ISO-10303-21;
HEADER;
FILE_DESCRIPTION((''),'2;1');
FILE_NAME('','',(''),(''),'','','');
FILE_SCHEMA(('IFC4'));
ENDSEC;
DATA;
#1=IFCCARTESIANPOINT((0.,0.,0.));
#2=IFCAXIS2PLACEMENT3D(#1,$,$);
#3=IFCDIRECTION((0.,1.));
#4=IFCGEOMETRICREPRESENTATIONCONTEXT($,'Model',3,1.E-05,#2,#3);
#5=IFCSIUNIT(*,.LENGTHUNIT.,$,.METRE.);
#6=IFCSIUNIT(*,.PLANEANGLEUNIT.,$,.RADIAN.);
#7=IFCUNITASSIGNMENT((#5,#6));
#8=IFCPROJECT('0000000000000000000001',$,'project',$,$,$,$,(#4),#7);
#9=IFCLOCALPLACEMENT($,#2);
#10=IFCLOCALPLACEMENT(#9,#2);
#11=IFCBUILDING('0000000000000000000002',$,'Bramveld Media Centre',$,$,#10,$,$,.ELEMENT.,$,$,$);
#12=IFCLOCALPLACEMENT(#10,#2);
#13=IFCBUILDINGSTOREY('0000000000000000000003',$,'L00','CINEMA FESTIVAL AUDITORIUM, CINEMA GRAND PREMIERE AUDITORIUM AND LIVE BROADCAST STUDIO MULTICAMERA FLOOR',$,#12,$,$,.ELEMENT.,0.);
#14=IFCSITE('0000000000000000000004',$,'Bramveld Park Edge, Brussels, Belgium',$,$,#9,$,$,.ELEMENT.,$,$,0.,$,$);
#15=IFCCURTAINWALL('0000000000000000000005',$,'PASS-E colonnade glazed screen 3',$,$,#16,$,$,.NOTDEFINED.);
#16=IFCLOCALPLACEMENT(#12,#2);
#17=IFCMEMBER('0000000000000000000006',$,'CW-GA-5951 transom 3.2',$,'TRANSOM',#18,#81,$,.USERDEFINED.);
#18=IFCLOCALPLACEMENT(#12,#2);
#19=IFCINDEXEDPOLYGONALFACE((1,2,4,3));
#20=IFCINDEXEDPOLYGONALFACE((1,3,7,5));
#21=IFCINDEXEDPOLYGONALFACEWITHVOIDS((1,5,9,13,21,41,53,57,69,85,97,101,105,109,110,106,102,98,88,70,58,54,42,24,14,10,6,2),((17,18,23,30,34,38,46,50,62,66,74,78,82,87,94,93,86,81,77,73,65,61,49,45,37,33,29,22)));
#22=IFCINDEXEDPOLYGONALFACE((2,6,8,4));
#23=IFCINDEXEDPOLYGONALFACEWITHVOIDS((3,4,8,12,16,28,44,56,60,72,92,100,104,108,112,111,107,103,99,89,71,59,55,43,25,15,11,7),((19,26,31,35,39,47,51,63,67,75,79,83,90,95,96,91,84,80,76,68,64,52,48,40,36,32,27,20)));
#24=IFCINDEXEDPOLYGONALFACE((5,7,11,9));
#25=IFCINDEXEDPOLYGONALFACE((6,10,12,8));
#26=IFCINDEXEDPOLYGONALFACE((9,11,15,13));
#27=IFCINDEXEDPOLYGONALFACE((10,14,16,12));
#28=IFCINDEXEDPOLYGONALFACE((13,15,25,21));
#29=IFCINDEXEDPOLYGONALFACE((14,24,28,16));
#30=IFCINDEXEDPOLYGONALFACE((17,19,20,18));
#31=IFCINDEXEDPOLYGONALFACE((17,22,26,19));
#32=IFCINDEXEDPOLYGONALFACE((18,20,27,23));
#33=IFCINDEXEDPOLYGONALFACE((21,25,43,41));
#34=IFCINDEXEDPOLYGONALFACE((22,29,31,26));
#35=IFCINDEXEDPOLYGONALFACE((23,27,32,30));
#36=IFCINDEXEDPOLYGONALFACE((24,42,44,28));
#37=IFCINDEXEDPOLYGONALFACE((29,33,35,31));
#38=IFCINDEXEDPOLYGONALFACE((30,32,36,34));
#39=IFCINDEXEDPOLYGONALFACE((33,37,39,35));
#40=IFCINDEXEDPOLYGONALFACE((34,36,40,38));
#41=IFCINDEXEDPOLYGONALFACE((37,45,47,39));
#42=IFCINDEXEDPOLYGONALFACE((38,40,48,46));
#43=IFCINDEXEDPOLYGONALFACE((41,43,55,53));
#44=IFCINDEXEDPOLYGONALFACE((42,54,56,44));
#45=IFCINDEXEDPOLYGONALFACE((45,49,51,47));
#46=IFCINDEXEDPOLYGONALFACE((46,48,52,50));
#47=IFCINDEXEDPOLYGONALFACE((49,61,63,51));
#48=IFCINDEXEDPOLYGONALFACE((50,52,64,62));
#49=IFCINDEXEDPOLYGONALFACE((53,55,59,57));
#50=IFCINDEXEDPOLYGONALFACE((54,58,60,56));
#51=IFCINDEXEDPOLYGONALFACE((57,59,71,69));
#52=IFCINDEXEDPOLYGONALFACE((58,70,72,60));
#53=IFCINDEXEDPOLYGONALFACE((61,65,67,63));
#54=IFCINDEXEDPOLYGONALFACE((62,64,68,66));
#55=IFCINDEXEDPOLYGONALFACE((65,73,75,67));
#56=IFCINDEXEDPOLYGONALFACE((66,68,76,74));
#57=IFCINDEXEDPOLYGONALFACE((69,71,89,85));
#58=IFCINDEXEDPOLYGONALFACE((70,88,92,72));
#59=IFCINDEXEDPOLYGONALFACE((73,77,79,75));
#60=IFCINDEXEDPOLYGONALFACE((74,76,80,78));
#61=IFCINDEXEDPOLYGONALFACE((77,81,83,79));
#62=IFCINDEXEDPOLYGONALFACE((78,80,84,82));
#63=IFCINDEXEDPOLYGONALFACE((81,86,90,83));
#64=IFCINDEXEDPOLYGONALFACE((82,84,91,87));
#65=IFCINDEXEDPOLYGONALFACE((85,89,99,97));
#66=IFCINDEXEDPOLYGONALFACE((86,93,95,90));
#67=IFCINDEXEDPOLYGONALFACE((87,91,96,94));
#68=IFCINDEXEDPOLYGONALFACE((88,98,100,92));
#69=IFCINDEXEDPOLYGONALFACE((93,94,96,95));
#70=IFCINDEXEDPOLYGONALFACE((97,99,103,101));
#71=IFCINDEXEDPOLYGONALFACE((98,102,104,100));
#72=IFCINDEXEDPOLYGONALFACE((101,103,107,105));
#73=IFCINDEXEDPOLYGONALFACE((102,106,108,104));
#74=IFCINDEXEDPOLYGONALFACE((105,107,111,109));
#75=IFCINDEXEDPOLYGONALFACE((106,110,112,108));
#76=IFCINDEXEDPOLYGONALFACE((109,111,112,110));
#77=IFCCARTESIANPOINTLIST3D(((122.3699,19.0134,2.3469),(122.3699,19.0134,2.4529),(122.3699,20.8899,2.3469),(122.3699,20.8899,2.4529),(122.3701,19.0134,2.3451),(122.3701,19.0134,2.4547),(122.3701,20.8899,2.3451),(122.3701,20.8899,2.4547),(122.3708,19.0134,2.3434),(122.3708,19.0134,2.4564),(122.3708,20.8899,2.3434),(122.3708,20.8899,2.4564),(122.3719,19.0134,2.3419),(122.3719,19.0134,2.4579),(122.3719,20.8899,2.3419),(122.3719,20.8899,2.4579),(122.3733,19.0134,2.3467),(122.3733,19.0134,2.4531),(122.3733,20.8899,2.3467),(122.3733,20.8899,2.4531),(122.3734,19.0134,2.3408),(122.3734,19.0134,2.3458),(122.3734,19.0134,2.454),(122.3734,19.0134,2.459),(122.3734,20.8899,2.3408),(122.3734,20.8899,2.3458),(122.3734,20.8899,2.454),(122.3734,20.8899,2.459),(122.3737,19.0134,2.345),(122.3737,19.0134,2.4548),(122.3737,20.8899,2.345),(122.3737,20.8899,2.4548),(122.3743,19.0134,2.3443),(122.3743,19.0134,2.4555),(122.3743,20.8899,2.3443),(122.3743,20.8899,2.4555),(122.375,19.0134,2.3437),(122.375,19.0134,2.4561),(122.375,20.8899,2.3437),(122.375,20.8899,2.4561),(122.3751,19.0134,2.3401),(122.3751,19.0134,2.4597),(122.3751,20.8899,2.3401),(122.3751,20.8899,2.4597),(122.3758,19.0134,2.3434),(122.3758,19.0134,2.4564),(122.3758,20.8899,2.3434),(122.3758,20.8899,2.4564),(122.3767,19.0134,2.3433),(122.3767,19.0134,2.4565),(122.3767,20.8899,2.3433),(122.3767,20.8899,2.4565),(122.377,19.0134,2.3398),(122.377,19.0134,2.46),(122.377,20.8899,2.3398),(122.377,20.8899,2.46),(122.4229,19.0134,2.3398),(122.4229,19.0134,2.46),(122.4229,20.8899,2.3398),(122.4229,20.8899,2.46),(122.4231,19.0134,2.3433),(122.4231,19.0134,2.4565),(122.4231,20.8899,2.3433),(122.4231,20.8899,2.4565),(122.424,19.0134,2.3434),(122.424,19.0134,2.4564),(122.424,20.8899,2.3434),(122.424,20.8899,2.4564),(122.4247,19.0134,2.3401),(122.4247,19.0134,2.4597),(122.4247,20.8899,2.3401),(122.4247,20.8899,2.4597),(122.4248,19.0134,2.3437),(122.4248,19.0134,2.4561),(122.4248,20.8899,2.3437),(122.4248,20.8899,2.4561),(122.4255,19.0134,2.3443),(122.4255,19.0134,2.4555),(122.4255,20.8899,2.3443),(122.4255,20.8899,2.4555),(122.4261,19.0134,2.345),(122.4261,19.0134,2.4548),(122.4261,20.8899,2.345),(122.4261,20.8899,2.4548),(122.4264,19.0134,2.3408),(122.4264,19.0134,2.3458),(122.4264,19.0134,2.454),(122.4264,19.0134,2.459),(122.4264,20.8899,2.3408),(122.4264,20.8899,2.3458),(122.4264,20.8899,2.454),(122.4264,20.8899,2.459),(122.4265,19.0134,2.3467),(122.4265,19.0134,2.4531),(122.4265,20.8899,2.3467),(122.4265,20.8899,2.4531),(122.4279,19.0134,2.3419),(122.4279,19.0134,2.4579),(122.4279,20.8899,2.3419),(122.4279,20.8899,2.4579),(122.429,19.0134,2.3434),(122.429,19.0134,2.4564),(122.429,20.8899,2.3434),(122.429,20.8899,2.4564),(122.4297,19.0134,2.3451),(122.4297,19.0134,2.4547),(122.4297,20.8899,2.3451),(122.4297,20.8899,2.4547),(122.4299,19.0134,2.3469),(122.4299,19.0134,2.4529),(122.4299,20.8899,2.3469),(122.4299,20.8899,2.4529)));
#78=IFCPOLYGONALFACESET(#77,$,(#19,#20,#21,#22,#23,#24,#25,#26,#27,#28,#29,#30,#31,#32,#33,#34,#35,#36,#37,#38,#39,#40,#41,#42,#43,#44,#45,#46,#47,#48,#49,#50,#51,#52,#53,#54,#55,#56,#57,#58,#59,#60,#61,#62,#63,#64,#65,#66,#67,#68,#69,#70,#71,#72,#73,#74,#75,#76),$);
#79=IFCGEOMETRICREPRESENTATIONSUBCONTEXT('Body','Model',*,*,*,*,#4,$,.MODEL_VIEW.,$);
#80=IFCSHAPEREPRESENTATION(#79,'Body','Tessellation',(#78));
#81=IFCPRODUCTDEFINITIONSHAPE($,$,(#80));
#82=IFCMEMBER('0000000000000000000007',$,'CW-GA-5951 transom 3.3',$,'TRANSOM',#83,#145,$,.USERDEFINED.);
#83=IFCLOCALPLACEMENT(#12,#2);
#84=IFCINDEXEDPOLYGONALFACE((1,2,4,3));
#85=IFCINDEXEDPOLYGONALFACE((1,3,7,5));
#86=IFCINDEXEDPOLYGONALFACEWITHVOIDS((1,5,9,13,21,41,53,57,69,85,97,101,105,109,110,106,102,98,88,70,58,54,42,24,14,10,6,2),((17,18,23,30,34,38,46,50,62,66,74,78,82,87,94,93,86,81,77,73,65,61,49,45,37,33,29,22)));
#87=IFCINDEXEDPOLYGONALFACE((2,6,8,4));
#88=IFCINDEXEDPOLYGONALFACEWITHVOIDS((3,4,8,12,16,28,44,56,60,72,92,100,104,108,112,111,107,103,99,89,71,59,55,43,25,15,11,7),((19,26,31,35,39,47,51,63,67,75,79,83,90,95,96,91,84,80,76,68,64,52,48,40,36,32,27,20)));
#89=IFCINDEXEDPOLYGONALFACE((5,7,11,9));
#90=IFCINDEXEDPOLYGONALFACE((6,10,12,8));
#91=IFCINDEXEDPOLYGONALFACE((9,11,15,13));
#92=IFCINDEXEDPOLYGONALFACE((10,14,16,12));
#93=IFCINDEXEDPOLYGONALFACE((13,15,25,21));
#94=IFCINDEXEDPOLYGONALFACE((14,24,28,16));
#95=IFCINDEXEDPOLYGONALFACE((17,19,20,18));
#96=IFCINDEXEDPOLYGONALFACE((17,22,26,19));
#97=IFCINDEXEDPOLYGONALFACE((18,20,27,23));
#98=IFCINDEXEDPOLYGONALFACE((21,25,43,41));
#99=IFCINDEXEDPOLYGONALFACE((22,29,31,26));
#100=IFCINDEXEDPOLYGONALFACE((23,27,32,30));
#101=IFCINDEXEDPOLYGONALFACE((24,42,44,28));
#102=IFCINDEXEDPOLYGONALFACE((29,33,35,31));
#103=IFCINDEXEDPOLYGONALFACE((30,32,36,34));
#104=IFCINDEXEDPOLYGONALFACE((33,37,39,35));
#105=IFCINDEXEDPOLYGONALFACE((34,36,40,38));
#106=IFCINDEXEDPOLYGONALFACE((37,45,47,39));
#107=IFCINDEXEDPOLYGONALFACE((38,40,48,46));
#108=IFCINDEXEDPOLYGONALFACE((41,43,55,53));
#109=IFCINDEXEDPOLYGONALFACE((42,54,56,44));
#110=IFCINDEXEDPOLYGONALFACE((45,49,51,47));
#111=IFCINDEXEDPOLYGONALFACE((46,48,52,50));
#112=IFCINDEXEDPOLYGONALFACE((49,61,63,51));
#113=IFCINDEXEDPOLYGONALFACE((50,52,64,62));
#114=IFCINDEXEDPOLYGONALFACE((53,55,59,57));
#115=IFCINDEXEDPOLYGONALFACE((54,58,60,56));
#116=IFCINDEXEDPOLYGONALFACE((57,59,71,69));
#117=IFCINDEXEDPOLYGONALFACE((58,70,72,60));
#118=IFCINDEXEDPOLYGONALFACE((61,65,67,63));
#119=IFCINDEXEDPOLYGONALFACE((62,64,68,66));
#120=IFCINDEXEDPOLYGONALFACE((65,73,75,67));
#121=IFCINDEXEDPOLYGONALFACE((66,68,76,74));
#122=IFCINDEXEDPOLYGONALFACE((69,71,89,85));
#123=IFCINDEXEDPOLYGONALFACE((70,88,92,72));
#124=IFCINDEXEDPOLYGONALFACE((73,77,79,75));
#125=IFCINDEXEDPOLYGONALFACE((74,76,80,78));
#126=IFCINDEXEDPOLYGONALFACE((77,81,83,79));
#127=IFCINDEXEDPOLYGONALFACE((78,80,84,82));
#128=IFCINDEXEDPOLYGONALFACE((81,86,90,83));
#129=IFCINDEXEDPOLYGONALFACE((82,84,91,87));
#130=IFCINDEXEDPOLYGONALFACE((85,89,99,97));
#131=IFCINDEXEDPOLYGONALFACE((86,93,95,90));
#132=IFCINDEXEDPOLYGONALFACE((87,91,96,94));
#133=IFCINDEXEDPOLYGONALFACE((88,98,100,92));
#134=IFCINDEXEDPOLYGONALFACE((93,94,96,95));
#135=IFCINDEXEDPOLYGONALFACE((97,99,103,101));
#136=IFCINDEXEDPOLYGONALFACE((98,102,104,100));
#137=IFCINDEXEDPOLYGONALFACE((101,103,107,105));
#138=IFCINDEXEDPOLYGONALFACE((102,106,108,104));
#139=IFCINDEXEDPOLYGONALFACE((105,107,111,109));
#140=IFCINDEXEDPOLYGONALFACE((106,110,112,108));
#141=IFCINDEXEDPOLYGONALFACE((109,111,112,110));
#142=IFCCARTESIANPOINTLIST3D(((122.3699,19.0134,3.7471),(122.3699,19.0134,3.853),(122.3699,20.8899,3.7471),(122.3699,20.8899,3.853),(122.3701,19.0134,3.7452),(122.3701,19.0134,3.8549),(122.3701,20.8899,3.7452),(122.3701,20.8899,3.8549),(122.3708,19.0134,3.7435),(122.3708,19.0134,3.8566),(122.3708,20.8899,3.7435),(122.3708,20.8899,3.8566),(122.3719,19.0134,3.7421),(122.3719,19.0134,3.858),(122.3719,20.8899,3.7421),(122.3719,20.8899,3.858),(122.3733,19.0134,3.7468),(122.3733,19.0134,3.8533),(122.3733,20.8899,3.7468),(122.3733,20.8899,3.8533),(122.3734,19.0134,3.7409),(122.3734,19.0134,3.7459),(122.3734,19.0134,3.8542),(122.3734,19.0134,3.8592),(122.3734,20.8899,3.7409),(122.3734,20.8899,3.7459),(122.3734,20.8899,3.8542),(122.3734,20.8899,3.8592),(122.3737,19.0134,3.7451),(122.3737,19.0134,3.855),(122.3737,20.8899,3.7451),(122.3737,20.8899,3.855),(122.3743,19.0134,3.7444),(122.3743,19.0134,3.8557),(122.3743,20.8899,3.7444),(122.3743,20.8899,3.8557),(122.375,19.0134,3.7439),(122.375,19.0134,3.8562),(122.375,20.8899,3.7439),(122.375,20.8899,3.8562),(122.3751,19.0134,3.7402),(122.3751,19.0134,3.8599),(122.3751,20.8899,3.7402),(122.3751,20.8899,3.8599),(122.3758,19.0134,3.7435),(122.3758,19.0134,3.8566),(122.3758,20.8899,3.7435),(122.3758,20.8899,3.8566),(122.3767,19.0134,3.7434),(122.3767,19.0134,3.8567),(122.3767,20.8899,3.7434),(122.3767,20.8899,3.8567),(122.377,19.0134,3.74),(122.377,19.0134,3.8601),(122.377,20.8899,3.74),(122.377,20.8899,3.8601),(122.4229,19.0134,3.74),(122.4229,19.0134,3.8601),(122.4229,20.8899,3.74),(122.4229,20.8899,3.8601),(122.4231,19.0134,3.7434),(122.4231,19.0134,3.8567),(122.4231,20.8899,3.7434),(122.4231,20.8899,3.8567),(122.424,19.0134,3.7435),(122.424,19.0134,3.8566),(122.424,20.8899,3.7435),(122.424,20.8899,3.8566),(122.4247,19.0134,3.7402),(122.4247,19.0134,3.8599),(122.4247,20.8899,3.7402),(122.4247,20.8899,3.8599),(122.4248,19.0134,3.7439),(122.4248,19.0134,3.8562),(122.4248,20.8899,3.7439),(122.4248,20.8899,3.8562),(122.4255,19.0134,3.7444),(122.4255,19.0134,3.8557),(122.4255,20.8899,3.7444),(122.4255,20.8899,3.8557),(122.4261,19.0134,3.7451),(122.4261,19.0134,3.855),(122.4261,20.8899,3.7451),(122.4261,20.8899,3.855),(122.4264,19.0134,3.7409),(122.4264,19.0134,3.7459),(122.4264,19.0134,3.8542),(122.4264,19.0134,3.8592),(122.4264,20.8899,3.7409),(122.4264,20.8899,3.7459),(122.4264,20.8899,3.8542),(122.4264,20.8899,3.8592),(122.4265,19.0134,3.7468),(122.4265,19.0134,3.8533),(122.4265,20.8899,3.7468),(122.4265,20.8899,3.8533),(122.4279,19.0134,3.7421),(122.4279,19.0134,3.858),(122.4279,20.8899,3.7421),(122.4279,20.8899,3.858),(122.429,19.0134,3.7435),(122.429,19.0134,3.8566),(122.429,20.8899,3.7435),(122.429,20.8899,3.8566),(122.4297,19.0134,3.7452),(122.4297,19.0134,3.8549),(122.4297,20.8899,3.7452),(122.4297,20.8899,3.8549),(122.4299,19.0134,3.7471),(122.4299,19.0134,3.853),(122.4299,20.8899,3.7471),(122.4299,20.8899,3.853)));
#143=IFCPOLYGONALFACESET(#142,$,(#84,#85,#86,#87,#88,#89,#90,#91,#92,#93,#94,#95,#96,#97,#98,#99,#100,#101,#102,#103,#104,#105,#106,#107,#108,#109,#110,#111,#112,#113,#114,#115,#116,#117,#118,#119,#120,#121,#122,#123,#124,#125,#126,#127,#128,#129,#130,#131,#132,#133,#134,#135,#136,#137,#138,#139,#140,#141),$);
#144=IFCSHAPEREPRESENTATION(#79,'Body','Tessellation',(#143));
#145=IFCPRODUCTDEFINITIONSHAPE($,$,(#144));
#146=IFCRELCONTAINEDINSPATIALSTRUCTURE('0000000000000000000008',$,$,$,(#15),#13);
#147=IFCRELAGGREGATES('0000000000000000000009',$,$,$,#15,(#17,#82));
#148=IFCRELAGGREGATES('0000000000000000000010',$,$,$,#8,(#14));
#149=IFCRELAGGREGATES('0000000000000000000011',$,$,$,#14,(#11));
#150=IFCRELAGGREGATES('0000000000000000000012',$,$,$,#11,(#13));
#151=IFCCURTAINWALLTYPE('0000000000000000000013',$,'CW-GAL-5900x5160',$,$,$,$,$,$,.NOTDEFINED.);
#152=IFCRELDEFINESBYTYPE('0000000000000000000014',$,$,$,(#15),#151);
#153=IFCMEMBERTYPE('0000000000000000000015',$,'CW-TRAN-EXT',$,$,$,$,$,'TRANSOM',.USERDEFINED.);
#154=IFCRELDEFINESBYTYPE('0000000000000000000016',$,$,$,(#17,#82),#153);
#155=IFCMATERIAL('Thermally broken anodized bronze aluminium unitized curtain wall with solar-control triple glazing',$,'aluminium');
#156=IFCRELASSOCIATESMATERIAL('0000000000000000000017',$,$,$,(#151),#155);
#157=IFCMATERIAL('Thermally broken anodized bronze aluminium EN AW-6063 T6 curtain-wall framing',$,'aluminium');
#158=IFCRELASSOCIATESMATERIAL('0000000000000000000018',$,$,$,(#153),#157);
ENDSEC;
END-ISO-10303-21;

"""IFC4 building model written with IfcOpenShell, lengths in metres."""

from ifc_helpers import new_model, si_unit, direction, frame, origin, origin_2d, place, context, subcontext, project, spatial, hollow_rectangle, extrude, material, material_profile, profile_set, type_object, element, aggregate, save


model = new_model("IFC4")

# Units and contexts
model_context = context("Model", 3, precision=1e-05, world=origin(), true_north=direction((0.0, 1.0)))
body_context = subcontext(model_context, "Body", "Model", "MODEL_VIEW")
ifc_project = project(units=[si_unit("LENGTHUNIT", "METRE"), si_unit("PLANEANGLEUNIT", "RADIAN")], contexts=[model_context])

# Site, building, storey
site_placement = place(None, origin())
site = spatial("IfcSite", under=ifc_project, at=site_placement, Name="Bramveld Park Edge, Brussels, Belgium", CompositionType="ELEMENT", RefElevation=0.0)
building_placement = place(site_placement, origin())
building = spatial("IfcBuilding", under=site, at=building_placement, Name="Bramveld Media Centre", CompositionType="ELEMENT")
storey_placement = place(building_placement, origin())
storey = spatial("IfcBuildingStorey", under=building, at=storey_placement, Name="L00", Description="CINEMA FESTIVAL AUDITORIUM, CINEMA GRAND PREMIERE AUDITORIUM AND LIVE BROADCAST STUDIO MULTICAMERA FLOOR", CompositionType="ELEMENT", Elevation=0.0)

# Curtain wall, members
ifc_material_1 = material(Name="Thermally broken anodized bronze aluminium unitized curtain wall with solar-control triple glazing", Category="aluminium")
curtain_wall_type = type_object("IfcCurtainWallType", Name="CW-GAL-5900x5160", PredefinedType="NOTDEFINED", material=ifc_material_1)
curtain_wall_placement = place(storey_placement, origin())
curtain_wall = element("IfcCurtainWall", 1, at=curtain_wall_placement, inside=storey, type_object=curtain_wall_type, Name="PASS-E colonnade glazed screen 3", PredefinedType="NOTDEFINED")
ifc_material_2 = material(Name="Thermally broken anodized bronze aluminium EN AW-6063 T6 curtain-wall framing", Category="aluminium")
ifc_material_profile_1 = material_profile(ifc_material_2, hollow_rectangle(XDim=0.0601, YDim=0.1201, WallThickness=0.0034, InnerFilletRadius=0.0034, OuterFilletRadius=0.0071, at=origin_2d()), Name="AL-TRAN 60x120")
ifc_profile_set_1 = profile_set([ifc_material_profile_1], Name="Thermally broken anodized bronze aluminium EN AW-6063 T6 curtain-wall framing")
member_type_1 = type_object("IfcMemberType", Name="CW-TRAN-EXT", ElementType="TRANSOM", PredefinedType="USERDEFINED", material=ifc_profile_set_1)
member_1_placement = place(storey_placement, frame((122.3999, 19.0134, 2.3999), z_axis=(0.0, 1.0, 0.0), x_axis=(-1.0, 0.0, 0.0)))
member_1 = element("IfcMember", 2, at=member_1_placement, type_object=member_type_1, Name="CW-GA-5951 transom 3.2", ObjectType="TRANSOM", PredefinedType="USERDEFINED", context=body_context, shape_type="SweptSolid", body=[
    extrude(hollow_rectangle(XDim=0.0601, YDim=0.1201, WallThickness=0.0034, InnerFilletRadius=0.0034, OuterFilletRadius=0.0071, at=origin_2d()), origin(), (0.0, 0.0, 1.0), 1.8765),
])
member_2_placement = place(storey_placement, frame((122.3999, 19.0134, 3.8), z_axis=(0.0, 1.0, 0.0), x_axis=(-1.0, 0.0, 0.0)))
member_2 = element("IfcMember", 3, at=member_2_placement, type_object=member_type_1, Name="CW-GA-5951 transom 3.3", ObjectType="TRANSOM", PredefinedType="USERDEFINED", context=body_context, shape_type="SweptSolid", body=[
    extrude(hollow_rectangle(XDim=0.0601, YDim=0.1201, WallThickness=0.0034, InnerFilletRadius=0.0034, OuterFilletRadius=0.0071, at=origin_2d()), origin(), (0.0, 0.0, 1.0), 1.8765),
])
aggregate(curtain_wall, [member_1, member_2])

save(model, "model.ifc")
